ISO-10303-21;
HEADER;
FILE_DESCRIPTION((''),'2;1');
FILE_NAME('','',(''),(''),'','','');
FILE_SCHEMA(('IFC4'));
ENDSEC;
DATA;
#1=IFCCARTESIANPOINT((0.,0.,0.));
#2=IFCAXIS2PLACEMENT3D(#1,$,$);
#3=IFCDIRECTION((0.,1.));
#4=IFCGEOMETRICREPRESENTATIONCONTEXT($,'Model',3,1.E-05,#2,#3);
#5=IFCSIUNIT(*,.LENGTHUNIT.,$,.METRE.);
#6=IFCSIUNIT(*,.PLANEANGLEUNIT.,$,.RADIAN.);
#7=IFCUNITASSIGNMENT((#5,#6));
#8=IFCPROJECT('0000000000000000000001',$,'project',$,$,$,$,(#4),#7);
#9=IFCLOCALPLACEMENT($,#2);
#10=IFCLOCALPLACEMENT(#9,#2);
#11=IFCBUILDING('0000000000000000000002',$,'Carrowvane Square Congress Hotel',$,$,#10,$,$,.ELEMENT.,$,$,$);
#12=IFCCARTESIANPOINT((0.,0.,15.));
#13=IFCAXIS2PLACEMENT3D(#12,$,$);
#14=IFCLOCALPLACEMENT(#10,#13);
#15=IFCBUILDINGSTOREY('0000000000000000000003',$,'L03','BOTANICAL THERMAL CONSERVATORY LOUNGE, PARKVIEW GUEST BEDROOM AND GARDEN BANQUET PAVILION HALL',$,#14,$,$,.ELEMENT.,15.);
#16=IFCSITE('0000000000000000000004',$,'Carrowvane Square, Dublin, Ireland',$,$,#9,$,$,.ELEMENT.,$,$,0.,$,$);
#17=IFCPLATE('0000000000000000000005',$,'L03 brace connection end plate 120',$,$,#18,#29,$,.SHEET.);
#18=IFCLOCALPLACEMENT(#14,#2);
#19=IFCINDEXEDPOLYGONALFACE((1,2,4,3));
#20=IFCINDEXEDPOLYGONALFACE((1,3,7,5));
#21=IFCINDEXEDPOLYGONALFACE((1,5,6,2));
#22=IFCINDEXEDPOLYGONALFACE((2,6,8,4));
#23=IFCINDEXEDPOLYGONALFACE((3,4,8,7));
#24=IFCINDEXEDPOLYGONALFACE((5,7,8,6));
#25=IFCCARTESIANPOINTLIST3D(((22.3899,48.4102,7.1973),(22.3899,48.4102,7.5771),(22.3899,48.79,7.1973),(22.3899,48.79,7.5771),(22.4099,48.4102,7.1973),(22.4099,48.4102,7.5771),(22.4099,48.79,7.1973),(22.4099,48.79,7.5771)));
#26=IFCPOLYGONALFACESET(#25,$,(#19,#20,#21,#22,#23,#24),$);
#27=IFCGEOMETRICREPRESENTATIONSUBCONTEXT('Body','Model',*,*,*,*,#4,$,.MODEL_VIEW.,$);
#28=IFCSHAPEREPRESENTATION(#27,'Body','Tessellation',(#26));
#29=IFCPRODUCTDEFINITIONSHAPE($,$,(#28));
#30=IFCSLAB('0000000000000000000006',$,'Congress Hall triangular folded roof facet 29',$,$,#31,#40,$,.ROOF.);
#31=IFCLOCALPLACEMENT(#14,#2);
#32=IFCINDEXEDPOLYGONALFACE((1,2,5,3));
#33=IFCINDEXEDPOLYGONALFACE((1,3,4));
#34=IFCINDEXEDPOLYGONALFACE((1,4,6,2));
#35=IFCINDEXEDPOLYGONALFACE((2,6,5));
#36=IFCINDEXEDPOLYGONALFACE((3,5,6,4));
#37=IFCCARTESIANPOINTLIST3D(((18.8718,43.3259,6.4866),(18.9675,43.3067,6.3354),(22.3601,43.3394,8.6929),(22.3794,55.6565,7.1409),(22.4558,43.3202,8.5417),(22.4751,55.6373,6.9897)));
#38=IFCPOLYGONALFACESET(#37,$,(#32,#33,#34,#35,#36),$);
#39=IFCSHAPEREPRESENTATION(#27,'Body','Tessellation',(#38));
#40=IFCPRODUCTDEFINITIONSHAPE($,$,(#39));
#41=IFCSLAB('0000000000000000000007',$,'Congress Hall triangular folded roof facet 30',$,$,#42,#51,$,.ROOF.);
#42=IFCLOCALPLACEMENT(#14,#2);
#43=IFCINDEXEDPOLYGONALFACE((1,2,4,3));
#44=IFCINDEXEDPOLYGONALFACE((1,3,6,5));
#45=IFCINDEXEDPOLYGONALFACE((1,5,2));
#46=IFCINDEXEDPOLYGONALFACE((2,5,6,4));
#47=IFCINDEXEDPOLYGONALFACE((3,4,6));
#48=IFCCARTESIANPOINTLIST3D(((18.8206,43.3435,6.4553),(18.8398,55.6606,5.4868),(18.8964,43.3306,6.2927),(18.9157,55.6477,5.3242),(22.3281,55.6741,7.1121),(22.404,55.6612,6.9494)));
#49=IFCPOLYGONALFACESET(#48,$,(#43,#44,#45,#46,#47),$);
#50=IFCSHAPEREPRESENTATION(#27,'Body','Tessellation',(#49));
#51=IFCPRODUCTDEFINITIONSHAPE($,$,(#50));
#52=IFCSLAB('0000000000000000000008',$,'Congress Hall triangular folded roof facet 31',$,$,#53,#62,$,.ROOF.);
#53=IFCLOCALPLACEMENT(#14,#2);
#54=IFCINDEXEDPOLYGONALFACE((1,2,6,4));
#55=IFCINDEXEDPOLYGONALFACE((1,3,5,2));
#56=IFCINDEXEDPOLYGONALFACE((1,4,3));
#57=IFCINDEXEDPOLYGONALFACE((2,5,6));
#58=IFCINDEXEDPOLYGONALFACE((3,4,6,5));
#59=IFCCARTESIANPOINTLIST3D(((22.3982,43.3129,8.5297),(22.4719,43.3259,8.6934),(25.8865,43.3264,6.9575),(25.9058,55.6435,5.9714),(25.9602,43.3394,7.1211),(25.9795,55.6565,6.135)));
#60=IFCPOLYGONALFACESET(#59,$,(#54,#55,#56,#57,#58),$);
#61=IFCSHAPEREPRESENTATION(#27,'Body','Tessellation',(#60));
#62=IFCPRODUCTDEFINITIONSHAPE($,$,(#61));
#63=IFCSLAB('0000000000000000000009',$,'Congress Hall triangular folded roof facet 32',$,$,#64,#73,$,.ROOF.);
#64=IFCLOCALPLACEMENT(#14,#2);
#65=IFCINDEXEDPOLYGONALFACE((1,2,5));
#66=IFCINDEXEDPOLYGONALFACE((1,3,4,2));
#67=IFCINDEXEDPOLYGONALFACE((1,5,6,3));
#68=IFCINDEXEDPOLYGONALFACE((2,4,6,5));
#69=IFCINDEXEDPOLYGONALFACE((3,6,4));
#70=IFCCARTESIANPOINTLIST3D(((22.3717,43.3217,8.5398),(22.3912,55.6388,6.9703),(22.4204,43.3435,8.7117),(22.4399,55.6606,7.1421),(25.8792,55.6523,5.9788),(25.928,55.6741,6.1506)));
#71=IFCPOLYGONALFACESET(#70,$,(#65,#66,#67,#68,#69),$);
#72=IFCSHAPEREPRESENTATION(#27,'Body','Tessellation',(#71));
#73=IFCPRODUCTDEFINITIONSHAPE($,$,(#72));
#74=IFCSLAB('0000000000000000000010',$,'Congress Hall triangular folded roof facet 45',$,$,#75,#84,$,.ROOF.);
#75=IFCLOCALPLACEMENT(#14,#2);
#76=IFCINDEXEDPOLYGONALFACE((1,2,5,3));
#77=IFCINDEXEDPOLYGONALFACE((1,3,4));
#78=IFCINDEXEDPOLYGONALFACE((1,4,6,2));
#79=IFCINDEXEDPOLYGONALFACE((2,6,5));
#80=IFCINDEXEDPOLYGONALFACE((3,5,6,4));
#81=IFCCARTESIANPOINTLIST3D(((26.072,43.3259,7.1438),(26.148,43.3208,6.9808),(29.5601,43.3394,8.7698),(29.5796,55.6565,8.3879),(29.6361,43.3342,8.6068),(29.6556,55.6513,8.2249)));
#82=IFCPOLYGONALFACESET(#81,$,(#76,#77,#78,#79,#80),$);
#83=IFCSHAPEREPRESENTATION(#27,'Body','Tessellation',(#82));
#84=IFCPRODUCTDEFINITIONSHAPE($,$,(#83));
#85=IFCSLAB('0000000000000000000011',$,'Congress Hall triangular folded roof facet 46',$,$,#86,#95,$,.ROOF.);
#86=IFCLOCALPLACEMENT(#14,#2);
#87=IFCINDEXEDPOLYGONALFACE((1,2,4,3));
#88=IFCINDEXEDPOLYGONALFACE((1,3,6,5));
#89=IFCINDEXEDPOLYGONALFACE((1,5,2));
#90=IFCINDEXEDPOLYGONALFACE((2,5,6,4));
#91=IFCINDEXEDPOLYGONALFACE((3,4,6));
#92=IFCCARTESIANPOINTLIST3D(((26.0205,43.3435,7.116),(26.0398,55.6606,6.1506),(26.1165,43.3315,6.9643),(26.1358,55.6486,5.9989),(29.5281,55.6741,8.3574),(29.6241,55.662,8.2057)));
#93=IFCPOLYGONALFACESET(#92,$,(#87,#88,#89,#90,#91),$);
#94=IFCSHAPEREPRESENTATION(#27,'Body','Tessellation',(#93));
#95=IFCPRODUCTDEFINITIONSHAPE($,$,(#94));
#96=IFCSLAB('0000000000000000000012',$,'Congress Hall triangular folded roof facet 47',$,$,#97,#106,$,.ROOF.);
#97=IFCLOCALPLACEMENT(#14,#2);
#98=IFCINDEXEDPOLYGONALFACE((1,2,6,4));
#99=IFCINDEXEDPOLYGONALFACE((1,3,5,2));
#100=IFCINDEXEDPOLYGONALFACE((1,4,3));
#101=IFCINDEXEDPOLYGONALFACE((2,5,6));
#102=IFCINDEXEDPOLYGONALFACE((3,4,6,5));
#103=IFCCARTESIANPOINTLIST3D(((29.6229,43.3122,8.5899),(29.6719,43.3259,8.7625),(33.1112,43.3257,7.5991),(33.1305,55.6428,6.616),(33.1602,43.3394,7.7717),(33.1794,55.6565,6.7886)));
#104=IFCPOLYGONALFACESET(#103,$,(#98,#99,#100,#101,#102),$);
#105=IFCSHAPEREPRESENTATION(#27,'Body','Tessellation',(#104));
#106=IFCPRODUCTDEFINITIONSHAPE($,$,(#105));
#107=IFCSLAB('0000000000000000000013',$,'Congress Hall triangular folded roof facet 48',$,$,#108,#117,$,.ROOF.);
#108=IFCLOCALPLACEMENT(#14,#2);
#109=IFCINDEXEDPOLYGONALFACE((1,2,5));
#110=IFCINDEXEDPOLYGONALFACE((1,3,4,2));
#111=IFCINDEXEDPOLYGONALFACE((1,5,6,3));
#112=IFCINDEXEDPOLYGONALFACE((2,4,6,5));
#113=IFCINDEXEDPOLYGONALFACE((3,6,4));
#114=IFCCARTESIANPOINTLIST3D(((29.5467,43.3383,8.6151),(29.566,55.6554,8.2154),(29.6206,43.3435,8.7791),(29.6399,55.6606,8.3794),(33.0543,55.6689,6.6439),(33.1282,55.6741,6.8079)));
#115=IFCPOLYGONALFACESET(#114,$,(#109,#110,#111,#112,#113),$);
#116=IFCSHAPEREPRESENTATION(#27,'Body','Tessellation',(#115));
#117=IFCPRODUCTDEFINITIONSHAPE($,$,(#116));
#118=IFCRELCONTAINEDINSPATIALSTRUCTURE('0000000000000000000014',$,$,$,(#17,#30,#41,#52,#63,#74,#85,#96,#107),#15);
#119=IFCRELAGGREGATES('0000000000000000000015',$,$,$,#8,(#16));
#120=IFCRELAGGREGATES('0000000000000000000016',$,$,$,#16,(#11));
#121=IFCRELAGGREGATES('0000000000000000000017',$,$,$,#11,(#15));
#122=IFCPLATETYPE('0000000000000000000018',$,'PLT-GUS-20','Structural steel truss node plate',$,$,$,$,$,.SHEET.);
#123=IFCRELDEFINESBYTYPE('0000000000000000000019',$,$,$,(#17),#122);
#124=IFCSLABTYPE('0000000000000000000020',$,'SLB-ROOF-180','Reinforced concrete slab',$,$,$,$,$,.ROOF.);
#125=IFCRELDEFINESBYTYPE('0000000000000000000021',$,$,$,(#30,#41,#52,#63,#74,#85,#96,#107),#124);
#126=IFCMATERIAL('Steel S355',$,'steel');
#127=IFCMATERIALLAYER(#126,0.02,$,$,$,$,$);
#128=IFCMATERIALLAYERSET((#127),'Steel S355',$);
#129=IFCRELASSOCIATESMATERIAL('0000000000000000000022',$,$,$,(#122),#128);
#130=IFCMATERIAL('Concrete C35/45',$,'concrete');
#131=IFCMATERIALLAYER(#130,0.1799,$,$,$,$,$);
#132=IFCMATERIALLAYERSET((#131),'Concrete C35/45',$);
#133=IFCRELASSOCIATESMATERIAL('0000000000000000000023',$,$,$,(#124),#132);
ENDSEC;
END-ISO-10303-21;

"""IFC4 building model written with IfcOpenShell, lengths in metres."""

from ifc_helpers import new_model, si_unit, direction, frame, origin, origin_2d, place, context, subcontext, project, spatial, polyline, rectangle, outline, extrude, material, layer, layer_set, type_object, element, save


model = new_model("IFC4")

# Units and contexts
model_context = context("Model", 3, precision=1e-05, world=origin(), true_north=direction((0.0, 1.0)))
body_context = subcontext(model_context, "Body", "Model", "MODEL_VIEW")
ifc_project = project(units=[si_unit("LENGTHUNIT", "METRE"), si_unit("PLANEANGLEUNIT", "RADIAN")], contexts=[model_context])

# Site, building, storey
site_placement = place(None, origin())
site = spatial("IfcSite", under=ifc_project, at=site_placement, Name="Carrowvane Square, Dublin, Ireland", CompositionType="ELEMENT", RefElevation=0.0)
building_placement = place(site_placement, origin())
building = spatial("IfcBuilding", under=site, at=building_placement, Name="Carrowvane Square Congress Hotel", CompositionType="ELEMENT")
storey_placement = place(building_placement, frame((0.0, 0.0, 15.0)))
storey = spatial("IfcBuildingStorey", under=building, at=storey_placement, Name="L03", Description="BOTANICAL THERMAL CONSERVATORY LOUNGE, PARKVIEW GUEST BEDROOM AND GARDEN BANQUET PAVILION HALL", CompositionType="ELEMENT", Elevation=15.0)

# Plate
ifc_material_1 = material(Name="Steel S355", Category="steel")
ifc_layer_1 = layer(ifc_material_1, 0.02)
ifc_layer_set_1 = layer_set([ifc_layer_1], Name="Steel S355")
plate_type = type_object("IfcPlateType", Name="PLT-GUS-20", Description="Structural steel truss node plate", PredefinedType="SHEET", material=ifc_layer_set_1)
for number, where, z_axis, x_axis, name in (
    (1, (22.3999, 48.6001, 7.1973), (0.0, 0.0, 1.0), (1.0, 0.0, 0.0), "L03 brace connection end plate 120"),
):
    element("IfcPlate", number, at=place(storey_placement, frame(where, z_axis=z_axis, x_axis=x_axis)), inside=storey, type_object=plate_type, Name=name, PredefinedType="SHEET", context=body_context, shape_type="SweptSolid", body=[
        extrude(rectangle(XDim=0.02, YDim=0.3799, at=origin_2d()), origin(), (0.0, 0.0, 1.0), 0.3799),
    ])

# Slabs
ifc_material_2 = material(Name="Concrete C35/45", Category="concrete")
ifc_layer_2 = layer(ifc_material_2, 0.1799)
ifc_layer_set_2 = layer_set([ifc_layer_2], Name="Concrete C35/45")
slab_type = type_object("IfcSlabType", Name="SLB-ROOF-180", Description="Reinforced concrete slab", PredefinedType="ROOF", material=ifc_layer_set_2)
slab_1_placement = place(storey_placement, frame((18.8718, 43.3259, 6.4866), z_axis=(-0.531785, 0.106692, 0.840132), x_axis=(0.845137, 0.003253, 0.53454)))
element("IfcSlab", 2, at=slab_1_placement, inside=storey, type_object=slab_type, Name="Congress Hall triangular folded roof facet 29", PredefinedType="ROOF", context=body_context, shape_type="SweptSolid", body=[
    extrude(outline(polyline([(0.0, 0.0), (4.1275, 0.0), (3.3542, 12.3904), (0.0, 0.0)])), origin(), (0.0, 0.0, -1.0), 0.1799),
])
slab_2_placement = place(storey_placement, frame((18.8206, 43.3435, 6.4553), z_axis=(-0.421465, 0.071742, 0.904002), x_axis=(0.273248, 0.960582, 0.051162)))
element("IfcSlab", 3, at=slab_2_placement, inside=storey, type_object=slab_type, Name="Congress Hall triangular folded roof facet 30", PredefinedType="ROOF", context=body_context, shape_type="SweptSolid", body=[
    extrude(outline(polyline([(0.0, 0.0), (12.8366, 0.0), (11.7873, 3.7025), (0.0, 0.0)])), origin(), (0.0, 0.0, -1.0), 0.1799),
])
slab_3_placement = place(storey_placement, frame((22.4719, 43.3259, 8.6934), z_axis=(0.409614, 0.072163, 0.9094), x_axis=(0.911667, 0.003509, -0.410914)))
element("IfcSlab", 4, at=slab_3_placement, inside=storey, type_object=slab_type, Name="Congress Hall triangular folded roof facet 31", PredefinedType="ROOF", context=body_context, shape_type="SweptSolid", body=[
    extrude(outline(polyline([(0.0, 0.0), (3.8263, 0.0), (4.2923, 12.3478), (0.0, 0.0)])), origin(), (0.0, 0.0, -1.0), 0.1799),
])
slab_4_placement = place(storey_placement, frame((22.4204, 43.3435, 8.7117), z_axis=(0.270964, 0.121257, 0.954922), x_axis=(0.268305, 0.943205, -0.195902)))
element("IfcSlab", 5, at=slab_4_placement, inside=storey, type_object=slab_type, Name="Congress Hall triangular folded roof facet 32", PredefinedType="ROOF", context=body_context, shape_type="SweptSolid", body=[
    extrude(outline(polyline([(0.0, 0.0), (13.0731, 0.0), (11.9303, 3.4415), (0.0, 0.0)])), origin(), (0.0, 0.0, -1.0), 0.1799),
])
slab_5_placement = place(storey_placement, frame((26.072, 43.3259, 7.1438), z_axis=(-0.422423, 0.028754, 0.905943), x_axis=(0.906354, 0.003489, 0.422504)))
element("IfcSlab", 6, at=slab_5_placement, inside=storey, type_object=slab_type, Name="Congress Hall triangular folded roof facet 45", PredefinedType="ROOF", context=body_context, shape_type="SweptSolid", body=[
    extrude(outline(polyline([(0.0, 0.0), (3.8484, 0.0), (3.7478, 12.3227), (0.0, 0.0)])), origin(), (0.0, 0.0, -1.0), 0.1799),
])
slab_6_placement = place(storey_placement, frame((26.0205, 43.3435, 7.116), z_axis=(-0.533613, 0.06691, 0.843078), x_axis=(0.272333, 0.957363, 0.096388)))
element("IfcSlab", 7, at=slab_6_placement, inside=storey, type_object=slab_type, Name="Congress Hall triangular folded roof facet 46", PredefinedType="ROOF", context=body_context, shape_type="SweptSolid", body=[
    extrude(outline(polyline([(0.0, 0.0), (12.8797, 0.0), (11.7042, 3.9568), (0.0, 0.0)])), origin(), (0.0, 0.0, -1.0), 0.1799),
])
slab_7_placement = place(storey_placement, frame((29.6719, 43.3259, 8.7625), z_axis=(0.272145, 0.07614, 0.959239), x_axis=(0.961948, 0.003703, -0.273207)))
element("IfcSlab", 8, at=slab_7_placement, inside=storey, type_object=slab_type, Name="Congress Hall triangular folded roof facet 47", PredefinedType="ROOF", context=body_context, shape_type="SweptSolid", body=[
    extrude(outline(polyline([(0.0, 0.0), (3.6263, 0.0), (3.959, 12.3518), (0.0, 0.0)])), origin(), (0.0, 0.0, -1.0), 0.1799),
])
slab_8_placement = place(storey_placement, frame((29.6206, 43.3435, 8.7791), z_axis=(0.410493, 0.02893, 0.911405), x_axis=(0.270429, 0.950669, -0.151976)))
element("IfcSlab", 9, at=slab_8_placement, inside=storey, type_object=slab_type, Name="Congress Hall triangular folded roof facet 48", PredefinedType="ROOF", context=body_context, shape_type="SweptSolid", body=[
    extrude(outline(polyline([(0.0, 0.0), (12.9704, 0.0), (11.7755, 3.6346), (0.0, 0.0)])), origin(), (0.0, 0.0, -1.0), 0.1799),
])

save(model, "model.ifc")
